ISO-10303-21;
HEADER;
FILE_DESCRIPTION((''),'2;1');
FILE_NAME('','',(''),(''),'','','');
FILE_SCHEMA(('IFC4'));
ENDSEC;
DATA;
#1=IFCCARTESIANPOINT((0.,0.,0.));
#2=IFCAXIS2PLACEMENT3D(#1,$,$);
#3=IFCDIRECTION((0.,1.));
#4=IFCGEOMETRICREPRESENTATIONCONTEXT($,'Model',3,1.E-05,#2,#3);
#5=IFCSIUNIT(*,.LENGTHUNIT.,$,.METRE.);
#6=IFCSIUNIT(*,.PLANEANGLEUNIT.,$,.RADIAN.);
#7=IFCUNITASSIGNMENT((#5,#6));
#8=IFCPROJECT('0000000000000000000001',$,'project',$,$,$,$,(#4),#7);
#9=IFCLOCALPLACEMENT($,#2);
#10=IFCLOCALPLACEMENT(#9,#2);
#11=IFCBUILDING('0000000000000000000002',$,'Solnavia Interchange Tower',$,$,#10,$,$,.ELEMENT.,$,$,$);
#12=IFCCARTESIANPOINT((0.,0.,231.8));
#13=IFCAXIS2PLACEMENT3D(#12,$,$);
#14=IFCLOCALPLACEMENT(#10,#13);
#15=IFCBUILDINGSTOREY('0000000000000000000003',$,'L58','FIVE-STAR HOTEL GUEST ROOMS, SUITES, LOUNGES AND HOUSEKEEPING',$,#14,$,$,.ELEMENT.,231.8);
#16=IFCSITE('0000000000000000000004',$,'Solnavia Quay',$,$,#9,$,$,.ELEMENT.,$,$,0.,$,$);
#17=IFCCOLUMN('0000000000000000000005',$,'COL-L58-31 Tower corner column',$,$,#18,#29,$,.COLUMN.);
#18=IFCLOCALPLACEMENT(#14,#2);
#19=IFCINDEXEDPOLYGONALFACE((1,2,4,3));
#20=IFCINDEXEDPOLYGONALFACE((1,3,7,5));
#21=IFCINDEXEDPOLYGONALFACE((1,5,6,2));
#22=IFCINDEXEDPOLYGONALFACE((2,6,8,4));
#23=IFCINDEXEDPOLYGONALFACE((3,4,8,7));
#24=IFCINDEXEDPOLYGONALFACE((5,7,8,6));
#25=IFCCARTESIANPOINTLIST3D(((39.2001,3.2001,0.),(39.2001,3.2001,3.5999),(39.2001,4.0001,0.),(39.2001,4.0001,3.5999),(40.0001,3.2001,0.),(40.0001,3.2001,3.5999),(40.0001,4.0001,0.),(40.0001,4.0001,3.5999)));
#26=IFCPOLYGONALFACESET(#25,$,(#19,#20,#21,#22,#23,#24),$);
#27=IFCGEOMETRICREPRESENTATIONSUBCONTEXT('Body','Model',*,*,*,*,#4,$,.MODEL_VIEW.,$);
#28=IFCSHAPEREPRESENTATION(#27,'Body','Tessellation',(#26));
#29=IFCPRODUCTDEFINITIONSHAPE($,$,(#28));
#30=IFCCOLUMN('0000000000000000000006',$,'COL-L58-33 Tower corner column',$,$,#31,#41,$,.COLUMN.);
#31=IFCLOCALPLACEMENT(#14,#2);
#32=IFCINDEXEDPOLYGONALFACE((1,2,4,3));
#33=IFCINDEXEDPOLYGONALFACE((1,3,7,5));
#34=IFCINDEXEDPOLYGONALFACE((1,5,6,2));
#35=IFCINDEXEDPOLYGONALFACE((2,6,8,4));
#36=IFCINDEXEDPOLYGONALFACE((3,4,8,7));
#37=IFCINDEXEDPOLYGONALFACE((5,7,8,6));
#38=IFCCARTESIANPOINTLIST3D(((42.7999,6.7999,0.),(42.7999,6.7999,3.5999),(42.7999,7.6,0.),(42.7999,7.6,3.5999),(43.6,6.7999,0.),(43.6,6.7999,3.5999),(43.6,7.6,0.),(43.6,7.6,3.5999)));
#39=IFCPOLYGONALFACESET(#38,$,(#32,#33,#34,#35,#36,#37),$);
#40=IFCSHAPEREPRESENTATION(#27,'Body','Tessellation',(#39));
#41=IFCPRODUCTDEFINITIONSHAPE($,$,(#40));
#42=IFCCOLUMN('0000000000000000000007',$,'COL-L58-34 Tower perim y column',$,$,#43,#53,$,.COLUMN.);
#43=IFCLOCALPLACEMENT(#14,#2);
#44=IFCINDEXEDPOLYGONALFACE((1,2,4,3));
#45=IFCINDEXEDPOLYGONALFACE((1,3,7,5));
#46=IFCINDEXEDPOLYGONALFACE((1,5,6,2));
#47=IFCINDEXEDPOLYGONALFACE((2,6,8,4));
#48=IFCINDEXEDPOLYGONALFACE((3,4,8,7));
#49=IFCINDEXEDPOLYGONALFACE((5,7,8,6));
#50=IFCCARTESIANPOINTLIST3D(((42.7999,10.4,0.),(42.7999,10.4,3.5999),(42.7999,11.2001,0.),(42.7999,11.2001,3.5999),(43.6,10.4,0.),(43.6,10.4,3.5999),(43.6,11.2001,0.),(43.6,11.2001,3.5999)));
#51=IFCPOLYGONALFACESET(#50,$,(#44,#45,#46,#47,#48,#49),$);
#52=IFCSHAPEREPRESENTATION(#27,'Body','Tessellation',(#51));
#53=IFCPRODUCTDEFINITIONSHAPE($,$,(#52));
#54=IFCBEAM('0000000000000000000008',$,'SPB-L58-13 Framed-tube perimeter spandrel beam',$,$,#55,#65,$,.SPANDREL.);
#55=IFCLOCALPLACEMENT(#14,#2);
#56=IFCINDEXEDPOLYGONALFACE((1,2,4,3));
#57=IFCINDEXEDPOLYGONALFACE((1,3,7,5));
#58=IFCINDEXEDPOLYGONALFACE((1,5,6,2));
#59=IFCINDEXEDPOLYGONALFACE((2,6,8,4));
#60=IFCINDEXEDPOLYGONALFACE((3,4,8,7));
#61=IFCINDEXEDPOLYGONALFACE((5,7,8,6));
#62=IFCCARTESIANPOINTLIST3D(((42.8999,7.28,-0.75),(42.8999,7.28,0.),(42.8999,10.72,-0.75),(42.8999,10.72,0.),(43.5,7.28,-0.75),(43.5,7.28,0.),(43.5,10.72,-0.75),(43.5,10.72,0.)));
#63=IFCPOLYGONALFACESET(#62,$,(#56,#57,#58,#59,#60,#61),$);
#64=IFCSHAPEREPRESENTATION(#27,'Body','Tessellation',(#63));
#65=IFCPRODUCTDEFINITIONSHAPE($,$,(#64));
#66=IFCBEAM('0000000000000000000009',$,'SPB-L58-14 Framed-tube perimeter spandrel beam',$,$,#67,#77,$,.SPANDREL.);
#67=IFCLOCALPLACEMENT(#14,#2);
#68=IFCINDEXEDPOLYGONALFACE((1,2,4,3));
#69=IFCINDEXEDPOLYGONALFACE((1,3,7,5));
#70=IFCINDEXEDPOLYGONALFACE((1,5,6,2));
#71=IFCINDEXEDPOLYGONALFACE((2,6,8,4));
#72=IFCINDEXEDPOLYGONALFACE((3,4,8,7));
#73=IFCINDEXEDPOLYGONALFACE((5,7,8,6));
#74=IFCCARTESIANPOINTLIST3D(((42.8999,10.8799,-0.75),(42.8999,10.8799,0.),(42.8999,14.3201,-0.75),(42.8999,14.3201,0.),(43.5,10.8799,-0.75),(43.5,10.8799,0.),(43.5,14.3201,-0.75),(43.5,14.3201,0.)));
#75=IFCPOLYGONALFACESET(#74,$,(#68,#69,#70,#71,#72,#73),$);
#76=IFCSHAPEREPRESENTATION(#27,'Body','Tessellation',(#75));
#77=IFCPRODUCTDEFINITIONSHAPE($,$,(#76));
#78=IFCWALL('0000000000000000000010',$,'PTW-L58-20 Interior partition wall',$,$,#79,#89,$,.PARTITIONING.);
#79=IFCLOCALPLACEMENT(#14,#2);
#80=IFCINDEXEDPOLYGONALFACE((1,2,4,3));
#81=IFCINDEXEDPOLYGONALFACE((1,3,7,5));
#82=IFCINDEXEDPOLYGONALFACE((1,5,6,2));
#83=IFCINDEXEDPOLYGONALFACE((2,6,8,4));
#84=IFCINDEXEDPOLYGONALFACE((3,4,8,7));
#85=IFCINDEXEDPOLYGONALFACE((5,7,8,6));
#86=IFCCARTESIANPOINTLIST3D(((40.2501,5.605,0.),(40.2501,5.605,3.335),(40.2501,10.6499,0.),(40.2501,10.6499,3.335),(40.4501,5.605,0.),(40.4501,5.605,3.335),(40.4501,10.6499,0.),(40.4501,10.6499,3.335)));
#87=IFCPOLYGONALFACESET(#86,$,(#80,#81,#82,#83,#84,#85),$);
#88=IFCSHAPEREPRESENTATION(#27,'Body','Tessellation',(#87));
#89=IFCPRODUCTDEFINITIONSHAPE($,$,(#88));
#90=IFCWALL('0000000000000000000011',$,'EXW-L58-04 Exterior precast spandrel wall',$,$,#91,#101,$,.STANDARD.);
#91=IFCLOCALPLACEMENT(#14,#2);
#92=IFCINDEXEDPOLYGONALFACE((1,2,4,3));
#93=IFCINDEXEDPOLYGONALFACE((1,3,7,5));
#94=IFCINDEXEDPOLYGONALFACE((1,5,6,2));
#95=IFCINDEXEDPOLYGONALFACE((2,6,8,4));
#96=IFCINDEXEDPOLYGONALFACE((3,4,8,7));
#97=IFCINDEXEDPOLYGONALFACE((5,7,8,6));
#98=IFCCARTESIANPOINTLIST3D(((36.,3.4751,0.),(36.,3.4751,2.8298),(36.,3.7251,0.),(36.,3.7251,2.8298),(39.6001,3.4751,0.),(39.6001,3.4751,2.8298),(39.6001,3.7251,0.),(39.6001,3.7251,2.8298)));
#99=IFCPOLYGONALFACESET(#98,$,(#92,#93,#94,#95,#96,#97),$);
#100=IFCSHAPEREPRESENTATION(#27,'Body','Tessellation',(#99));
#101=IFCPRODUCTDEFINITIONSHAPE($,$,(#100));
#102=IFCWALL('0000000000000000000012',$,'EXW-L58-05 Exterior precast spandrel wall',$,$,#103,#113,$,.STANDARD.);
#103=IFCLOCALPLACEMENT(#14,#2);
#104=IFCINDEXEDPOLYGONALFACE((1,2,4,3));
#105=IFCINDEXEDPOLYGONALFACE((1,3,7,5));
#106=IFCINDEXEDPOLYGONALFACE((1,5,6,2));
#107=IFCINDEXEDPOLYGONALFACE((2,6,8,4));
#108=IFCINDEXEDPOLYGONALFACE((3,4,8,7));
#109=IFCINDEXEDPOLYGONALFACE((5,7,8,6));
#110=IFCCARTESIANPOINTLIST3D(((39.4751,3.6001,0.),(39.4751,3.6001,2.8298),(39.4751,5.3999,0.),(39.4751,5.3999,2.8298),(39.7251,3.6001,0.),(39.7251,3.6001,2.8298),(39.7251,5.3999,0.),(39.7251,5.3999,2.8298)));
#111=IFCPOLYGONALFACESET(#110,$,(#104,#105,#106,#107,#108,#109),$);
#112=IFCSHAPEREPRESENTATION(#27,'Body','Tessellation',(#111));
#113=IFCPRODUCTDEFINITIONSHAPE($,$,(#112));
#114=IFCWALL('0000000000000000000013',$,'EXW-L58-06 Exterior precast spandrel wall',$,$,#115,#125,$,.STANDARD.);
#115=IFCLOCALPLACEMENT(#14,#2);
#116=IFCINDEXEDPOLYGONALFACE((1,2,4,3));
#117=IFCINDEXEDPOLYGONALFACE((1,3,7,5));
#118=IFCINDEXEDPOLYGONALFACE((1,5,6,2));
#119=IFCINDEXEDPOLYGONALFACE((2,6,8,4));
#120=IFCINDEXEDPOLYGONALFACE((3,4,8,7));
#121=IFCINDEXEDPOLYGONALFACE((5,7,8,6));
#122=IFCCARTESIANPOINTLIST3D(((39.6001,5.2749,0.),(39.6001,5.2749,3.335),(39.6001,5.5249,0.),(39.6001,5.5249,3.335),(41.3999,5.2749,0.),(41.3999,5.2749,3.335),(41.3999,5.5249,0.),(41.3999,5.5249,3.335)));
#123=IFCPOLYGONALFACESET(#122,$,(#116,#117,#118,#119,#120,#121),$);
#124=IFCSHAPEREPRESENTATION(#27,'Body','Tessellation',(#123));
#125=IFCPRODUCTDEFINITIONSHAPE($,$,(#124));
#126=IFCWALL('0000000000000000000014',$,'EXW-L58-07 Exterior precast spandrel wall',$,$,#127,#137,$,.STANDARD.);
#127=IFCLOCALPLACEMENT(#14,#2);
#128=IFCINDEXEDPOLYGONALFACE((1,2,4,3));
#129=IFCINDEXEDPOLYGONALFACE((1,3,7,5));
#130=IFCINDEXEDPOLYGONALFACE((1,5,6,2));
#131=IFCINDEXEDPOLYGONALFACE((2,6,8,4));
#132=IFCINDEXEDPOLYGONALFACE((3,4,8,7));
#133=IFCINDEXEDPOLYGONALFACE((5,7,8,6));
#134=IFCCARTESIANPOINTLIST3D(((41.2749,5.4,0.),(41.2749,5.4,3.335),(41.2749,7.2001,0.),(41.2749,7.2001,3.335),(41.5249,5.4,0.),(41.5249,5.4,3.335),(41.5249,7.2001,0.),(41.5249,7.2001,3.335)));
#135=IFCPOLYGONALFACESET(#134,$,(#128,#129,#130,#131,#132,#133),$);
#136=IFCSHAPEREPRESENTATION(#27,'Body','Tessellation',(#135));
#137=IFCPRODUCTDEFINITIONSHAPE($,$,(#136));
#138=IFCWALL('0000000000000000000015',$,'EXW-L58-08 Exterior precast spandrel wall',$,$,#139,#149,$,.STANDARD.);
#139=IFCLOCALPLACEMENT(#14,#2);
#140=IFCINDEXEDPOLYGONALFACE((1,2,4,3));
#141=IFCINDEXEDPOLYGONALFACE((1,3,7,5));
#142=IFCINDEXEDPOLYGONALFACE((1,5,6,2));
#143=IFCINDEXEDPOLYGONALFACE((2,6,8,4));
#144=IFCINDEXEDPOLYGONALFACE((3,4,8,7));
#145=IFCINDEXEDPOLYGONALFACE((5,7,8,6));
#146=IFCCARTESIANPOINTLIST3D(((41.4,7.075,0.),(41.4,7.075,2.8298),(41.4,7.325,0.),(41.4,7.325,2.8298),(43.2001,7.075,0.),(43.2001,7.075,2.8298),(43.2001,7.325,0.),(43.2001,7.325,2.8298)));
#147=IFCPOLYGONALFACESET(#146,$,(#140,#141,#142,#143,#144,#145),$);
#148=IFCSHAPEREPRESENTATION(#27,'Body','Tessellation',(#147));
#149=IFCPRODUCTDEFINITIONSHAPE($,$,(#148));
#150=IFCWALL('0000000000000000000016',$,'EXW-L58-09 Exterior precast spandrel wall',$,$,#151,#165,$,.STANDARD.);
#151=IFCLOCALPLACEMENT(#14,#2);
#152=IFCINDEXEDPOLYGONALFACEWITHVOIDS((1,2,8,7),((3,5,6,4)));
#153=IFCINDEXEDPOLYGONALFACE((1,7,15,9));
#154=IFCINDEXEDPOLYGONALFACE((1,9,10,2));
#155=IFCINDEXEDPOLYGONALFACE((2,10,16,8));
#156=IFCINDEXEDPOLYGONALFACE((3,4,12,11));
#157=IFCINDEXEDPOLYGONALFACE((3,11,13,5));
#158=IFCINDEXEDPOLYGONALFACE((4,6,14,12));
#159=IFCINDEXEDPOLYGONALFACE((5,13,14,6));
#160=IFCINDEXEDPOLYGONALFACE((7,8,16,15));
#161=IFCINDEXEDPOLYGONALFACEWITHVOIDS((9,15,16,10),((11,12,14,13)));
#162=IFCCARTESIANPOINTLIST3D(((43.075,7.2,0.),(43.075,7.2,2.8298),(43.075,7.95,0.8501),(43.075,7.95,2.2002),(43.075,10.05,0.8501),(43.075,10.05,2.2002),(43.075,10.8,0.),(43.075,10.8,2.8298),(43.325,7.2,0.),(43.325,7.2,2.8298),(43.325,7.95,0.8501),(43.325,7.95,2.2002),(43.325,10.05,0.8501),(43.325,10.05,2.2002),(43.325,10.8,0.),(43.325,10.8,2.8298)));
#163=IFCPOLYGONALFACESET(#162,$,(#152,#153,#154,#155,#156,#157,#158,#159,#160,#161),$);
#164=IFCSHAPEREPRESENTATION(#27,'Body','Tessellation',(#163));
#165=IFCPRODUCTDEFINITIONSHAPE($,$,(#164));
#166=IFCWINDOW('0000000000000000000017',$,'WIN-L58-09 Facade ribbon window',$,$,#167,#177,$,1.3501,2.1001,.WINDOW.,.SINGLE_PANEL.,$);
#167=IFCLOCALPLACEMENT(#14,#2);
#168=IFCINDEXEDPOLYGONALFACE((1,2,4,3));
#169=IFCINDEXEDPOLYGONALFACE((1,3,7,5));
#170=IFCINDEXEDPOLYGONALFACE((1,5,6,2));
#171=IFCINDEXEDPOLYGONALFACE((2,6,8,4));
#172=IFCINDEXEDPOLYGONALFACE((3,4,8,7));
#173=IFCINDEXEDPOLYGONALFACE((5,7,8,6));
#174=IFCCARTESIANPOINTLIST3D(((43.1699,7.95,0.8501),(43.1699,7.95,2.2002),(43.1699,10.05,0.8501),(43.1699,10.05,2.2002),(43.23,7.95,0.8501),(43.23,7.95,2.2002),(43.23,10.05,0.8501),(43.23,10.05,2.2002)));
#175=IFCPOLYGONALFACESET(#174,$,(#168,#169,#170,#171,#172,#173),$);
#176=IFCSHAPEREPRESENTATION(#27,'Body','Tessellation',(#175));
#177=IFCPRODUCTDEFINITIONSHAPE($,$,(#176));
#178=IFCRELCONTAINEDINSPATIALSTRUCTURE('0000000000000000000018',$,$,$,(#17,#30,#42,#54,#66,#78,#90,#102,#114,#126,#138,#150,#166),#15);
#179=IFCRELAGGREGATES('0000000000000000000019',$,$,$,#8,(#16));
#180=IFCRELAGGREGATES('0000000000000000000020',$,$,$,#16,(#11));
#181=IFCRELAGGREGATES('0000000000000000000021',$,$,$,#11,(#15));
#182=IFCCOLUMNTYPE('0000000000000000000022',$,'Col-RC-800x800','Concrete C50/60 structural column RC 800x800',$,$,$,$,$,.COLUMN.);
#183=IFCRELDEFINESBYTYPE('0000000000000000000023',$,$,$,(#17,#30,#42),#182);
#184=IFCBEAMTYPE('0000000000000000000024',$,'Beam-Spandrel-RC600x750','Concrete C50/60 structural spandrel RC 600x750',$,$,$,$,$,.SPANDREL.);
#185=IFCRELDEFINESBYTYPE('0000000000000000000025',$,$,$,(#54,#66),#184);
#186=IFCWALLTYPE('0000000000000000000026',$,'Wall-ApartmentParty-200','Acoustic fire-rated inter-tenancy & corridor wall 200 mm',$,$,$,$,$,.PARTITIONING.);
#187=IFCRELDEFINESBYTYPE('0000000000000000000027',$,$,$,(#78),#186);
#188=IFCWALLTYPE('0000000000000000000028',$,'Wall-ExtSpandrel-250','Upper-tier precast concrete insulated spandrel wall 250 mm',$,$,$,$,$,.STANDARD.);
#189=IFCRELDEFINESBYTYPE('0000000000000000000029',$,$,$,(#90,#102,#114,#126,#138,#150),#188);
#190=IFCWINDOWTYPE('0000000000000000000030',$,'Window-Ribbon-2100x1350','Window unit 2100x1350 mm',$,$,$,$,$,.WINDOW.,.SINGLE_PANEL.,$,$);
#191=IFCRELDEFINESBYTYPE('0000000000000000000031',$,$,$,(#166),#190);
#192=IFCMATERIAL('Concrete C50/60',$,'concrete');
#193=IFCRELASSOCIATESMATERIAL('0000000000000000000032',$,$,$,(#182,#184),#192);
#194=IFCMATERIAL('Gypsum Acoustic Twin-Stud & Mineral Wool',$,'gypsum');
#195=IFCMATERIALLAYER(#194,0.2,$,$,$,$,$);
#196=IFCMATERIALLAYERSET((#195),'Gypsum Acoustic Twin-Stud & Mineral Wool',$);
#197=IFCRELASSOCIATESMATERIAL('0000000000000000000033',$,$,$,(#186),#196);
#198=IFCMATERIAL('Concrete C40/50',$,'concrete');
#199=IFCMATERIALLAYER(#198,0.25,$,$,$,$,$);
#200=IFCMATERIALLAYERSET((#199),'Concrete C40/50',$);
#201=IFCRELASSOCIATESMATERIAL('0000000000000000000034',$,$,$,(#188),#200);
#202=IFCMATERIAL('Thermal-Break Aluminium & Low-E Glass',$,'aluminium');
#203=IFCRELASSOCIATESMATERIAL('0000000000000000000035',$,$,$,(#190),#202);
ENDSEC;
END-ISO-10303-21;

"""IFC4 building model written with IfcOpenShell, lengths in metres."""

from ifc_helpers import new_model, si_unit, direction, frame, frame_2d, origin, origin_2d, place, context, subcontext, project, spatial, rectangle, extrude, material, layer, layer_set, material_profile, profile_set, type_object, element, fill, save


model = new_model("IFC4")

# Units and contexts
model_context = context("Model", 3, precision=1e-05, world=origin(), true_north=direction((0.0, 1.0)))
body_context = subcontext(model_context, "Body", "Model", "MODEL_VIEW")
ifc_project = project(units=[si_unit("LENGTHUNIT", "METRE"), si_unit("PLANEANGLEUNIT", "RADIAN")], contexts=[model_context])

# Site, building, storey
site_placement = place(None, origin())
site = spatial("IfcSite", under=ifc_project, at=site_placement, Name="Solnavia Quay", CompositionType="ELEMENT", RefElevation=0.0)
building_placement = place(site_placement, origin())
building = spatial("IfcBuilding", under=site, at=building_placement, Name="Solnavia Interchange Tower", CompositionType="ELEMENT")
storey_placement = place(building_placement, frame((0.0, 0.0, 231.8)))
storey = spatial("IfcBuildingStorey", under=building, at=storey_placement, Name="L58", Description="FIVE-STAR HOTEL GUEST ROOMS, SUITES, LOUNGES AND HOUSEKEEPING", CompositionType="ELEMENT", Elevation=231.8)

# Columns
ifc_material_1 = material(Name="Concrete C50/60", Category="concrete")
ifc_material_profile_1 = material_profile(ifc_material_1, rectangle(XDim=0.8, YDim=0.8, at=origin_2d()), Name="RC 800x800")
ifc_profile_set_1 = profile_set([ifc_material_profile_1], Name="Concrete C50/60")
column_type = type_object("IfcColumnType", Name="Col-RC-800x800", Description="Concrete C50/60 structural column RC 800x800", PredefinedType="COLUMN", material=ifc_profile_set_1)
for number, where, z_axis, x_axis, name in (
    (1, (39.6001, 3.6001, 0.0), (0.0, 0.0, 1.0), (1.0, 0.0, 0.0), "COL-L58-31 Tower corner column"),
    (2, (43.2, 7.2, 0.0), (0.0, 0.0, 1.0), (1.0, 0.0, 0.0), "COL-L58-33 Tower corner column"),
    (3, (43.2, 10.8, 0.0), (0.0, 0.0, 1.0), (0.0, 1.0, 0.0), "COL-L58-34 Tower perim y column"),
):
    element("IfcColumn", number, at=place(storey_placement, frame(where, z_axis=z_axis, x_axis=x_axis)), inside=storey, type_object=column_type, Name=name, PredefinedType="COLUMN", context=body_context, shape_type="SweptSolid", body=[
        extrude(rectangle(XDim=0.8, YDim=0.8, at=origin_2d()), origin(), (0.0, 0.0, 1.0), 3.5999),
    ])

# Beams
ifc_material_profile_2 = material_profile(ifc_material_1, rectangle(XDim=0.6001, YDim=0.75, at=origin_2d()), Name="RC 600x750")
ifc_profile_set_2 = profile_set([ifc_material_profile_2], Name="Concrete C50/60")
beam_type = type_object("IfcBeamType", Name="Beam-Spandrel-RC600x750", Description="Concrete C50/60 structural spandrel RC 600x750", PredefinedType="SPANDREL", material=ifc_profile_set_2)
beam_1_placement = place(storey_placement, frame((43.2, 7.28, -0.375), z_axis=(0.0, 1.0, 0.0), x_axis=(-1.0, 0.0, 0.0)))
element("IfcBeam", 4, at=beam_1_placement, inside=storey, type_object=beam_type, Name="SPB-L58-13 Framed-tube perimeter spandrel beam", PredefinedType="SPANDREL", context=body_context, shape_type="SweptSolid", body=[
    extrude(rectangle(XDim=0.6001, YDim=0.75, at=origin_2d()), origin(), (0.0, 0.0, 1.0), 3.4399),
])
beam_2_placement = place(storey_placement, frame((43.2, 10.8799, -0.375), z_axis=(0.0, 1.0, 0.0), x_axis=(-1.0, 0.0, 0.0)))
element("IfcBeam", 5, at=beam_2_placement, inside=storey, type_object=beam_type, Name="SPB-L58-14 Framed-tube perimeter spandrel beam", PredefinedType="SPANDREL", context=body_context, shape_type="SweptSolid", body=[
    extrude(rectangle(XDim=0.6001, YDim=0.75, at=origin_2d()), origin(), (0.0, 0.0, 1.0), 3.4402),
])

# Walls
ifc_material_2 = material(Name="Gypsum Acoustic Twin-Stud & Mineral Wool", Category="gypsum")
ifc_layer_1 = layer(ifc_material_2, 0.2)
ifc_layer_set_1 = layer_set([ifc_layer_1], Name="Gypsum Acoustic Twin-Stud & Mineral Wool")
wall_type_1 = type_object("IfcWallType", Name="Wall-ApartmentParty-200", Description="Acoustic fire-rated inter-tenancy & corridor wall 200 mm", PredefinedType="PARTITIONING", material=ifc_layer_set_1)
wall_1_placement = place(storey_placement, frame((40.3501, 5.605, 0.0), z_axis=(0.0, 0.0, 1.0), x_axis=(0.0, 1.0, 0.0)))
element("IfcWall", 6, at=wall_1_placement, inside=storey, type_object=wall_type_1, Name="PTW-L58-20 Interior partition wall", PredefinedType="PARTITIONING", context=body_context, shape_type="SweptSolid", body=[
    extrude(rectangle(XDim=5.0449, YDim=0.2, at=frame_2d((2.5225, 0.0))), origin(), (0.0, 0.0, 1.0), 3.335),
])
ifc_material_3 = material(Name="Concrete C40/50", Category="concrete")
ifc_layer_2 = layer(ifc_material_3, 0.25)
ifc_layer_set_2 = layer_set([ifc_layer_2], Name="Concrete C40/50")
wall_type_2 = type_object("IfcWallType", Name="Wall-ExtSpandrel-250", Description="Upper-tier precast concrete insulated spandrel wall 250 mm", PredefinedType="STANDARD", material=ifc_layer_set_2)
wall_2_placement = place(storey_placement, frame((39.6001, 3.6001, 0.0), z_axis=(0.0, 0.0, 1.0), x_axis=(-1.0, 0.0, 0.0)))
element("IfcWall", 7, at=wall_2_placement, inside=storey, type_object=wall_type_2, Name="EXW-L58-04 Exterior precast spandrel wall", PredefinedType="STANDARD", context=body_context, shape_type="SweptSolid", body=[
    extrude(rectangle(XDim=3.6001, YDim=0.25, at=frame_2d((1.8, 0.0))), origin(), (0.0, 0.0, 1.0), 2.8298),
])
wall_3_placement = place(storey_placement, frame((39.6001, 5.3999, 0.0), z_axis=(0.0, 0.0, 1.0), x_axis=(0.0, -1.0, 0.0)))
element("IfcWall", 8, at=wall_3_placement, inside=storey, type_object=wall_type_2, Name="EXW-L58-05 Exterior precast spandrel wall", PredefinedType="STANDARD", context=body_context, shape_type="SweptSolid", body=[
    extrude(rectangle(XDim=1.7998, YDim=0.25, at=frame_2d((0.8999, 0.0))), origin(), (0.0, 0.0, 1.0), 2.8298),
])
wall_4_placement = place(storey_placement, frame((41.3999, 5.3999, 0.0), z_axis=(0.0, 0.0, 1.0), x_axis=(-1.0, 0.0, 0.0)))
element("IfcWall", 9, at=wall_4_placement, inside=storey, type_object=wall_type_2, Name="EXW-L58-06 Exterior precast spandrel wall", PredefinedType="STANDARD", context=body_context, shape_type="SweptSolid", body=[
    extrude(rectangle(XDim=1.7998, YDim=0.25, at=frame_2d((0.8999, 0.0))), origin(), (0.0, 0.0, 1.0), 3.335),
])
wall_5_placement = place(storey_placement, frame((41.3999, 7.2, 0.0), z_axis=(0.0, 0.0, 1.0), x_axis=(0.0, -1.0, 0.0)))
element("IfcWall", 10, at=wall_5_placement, inside=storey, type_object=wall_type_2, Name="EXW-L58-07 Exterior precast spandrel wall", PredefinedType="STANDARD", context=body_context, shape_type="SweptSolid", body=[
    extrude(rectangle(XDim=1.8, YDim=0.25, at=frame_2d((0.8999, 0.0))), origin(), (0.0, 0.0, 1.0), 3.335),
])
wall_6_placement = place(storey_placement, frame((43.2, 7.2, 0.0), z_axis=(0.0, 0.0, 1.0), x_axis=(-1.0, 0.0, 0.0)))
element("IfcWall", 11, at=wall_6_placement, inside=storey, type_object=wall_type_2, Name="EXW-L58-08 Exterior precast spandrel wall", PredefinedType="STANDARD", context=body_context, shape_type="SweptSolid", body=[
    extrude(rectangle(XDim=1.8, YDim=0.25, at=frame_2d((0.8999, 0.0))), origin(), (0.0, 0.0, 1.0), 2.8298),
])

# Wall, opening, window
wall_7_placement = place(storey_placement, frame((43.2, 10.8, 0.0), z_axis=(0.0, 0.0, 1.0), x_axis=(0.0, -1.0, 0.0)))
wall_7 = element("IfcWall", 12, at=wall_7_placement, inside=storey, type_object=wall_type_2, Name="EXW-L58-09 Exterior precast spandrel wall", PredefinedType="STANDARD", context=body_context, shape_type="SweptSolid", body=[
    extrude(rectangle(XDim=3.6001, YDim=0.25, at=frame_2d((1.8, 0.0))), origin(), (0.0, 0.0, 1.0), 2.8298),
])
opening_1_placement = place(wall_7_placement, frame((0.75, 0.0, 0.8501)))
opening_1 = element("IfcOpeningElement", 13, at=opening_1_placement, cuts=wall_7, PredefinedType="OPENING", context=body_context, shape_type="SweptSolid", body=[
    extrude(rectangle(XDim=2.1001, YDim=1.3501, at=frame_2d((1.05, 0.675))), frame((0.0, 0.135, 0.0), z_axis=(0.0, -1.0, 0.0), x_axis=(1.0, 0.0, 0.0)), (0.0, 0.0, 1.0), 0.27),
])
ifc_material_4 = material(Name="Thermal-Break Aluminium & Low-E Glass", Category="aluminium")
window_type = type_object("IfcWindowType", Name="Window-Ribbon-2100x1350", Description="Window unit 2100x1350 mm", PartitioningType="SINGLE_PANEL", PredefinedType="WINDOW", material=ifc_material_4)
window_placement = place(opening_1_placement, origin())
window = element("IfcWindow", 14, at=window_placement, inside=storey, type_object=window_type, Name="WIN-L58-09 Facade ribbon window", OverallHeight=1.3501, OverallWidth=2.1001, PartitioningType="SINGLE_PANEL", PredefinedType="WINDOW", context=body_context, shape_type="SweptSolid", body=[
    extrude(rectangle(XDim=2.1001, YDim=1.3501, at=frame_2d((1.05, 0.675))), frame((0.0, 0.03, 0.0), z_axis=(0.0, -1.0, 0.0), x_axis=(1.0, 0.0, 0.0)), (0.0, 0.0, 1.0), 0.0601),
])
fill(opening_1, window)

save(model, "model.ifc")
